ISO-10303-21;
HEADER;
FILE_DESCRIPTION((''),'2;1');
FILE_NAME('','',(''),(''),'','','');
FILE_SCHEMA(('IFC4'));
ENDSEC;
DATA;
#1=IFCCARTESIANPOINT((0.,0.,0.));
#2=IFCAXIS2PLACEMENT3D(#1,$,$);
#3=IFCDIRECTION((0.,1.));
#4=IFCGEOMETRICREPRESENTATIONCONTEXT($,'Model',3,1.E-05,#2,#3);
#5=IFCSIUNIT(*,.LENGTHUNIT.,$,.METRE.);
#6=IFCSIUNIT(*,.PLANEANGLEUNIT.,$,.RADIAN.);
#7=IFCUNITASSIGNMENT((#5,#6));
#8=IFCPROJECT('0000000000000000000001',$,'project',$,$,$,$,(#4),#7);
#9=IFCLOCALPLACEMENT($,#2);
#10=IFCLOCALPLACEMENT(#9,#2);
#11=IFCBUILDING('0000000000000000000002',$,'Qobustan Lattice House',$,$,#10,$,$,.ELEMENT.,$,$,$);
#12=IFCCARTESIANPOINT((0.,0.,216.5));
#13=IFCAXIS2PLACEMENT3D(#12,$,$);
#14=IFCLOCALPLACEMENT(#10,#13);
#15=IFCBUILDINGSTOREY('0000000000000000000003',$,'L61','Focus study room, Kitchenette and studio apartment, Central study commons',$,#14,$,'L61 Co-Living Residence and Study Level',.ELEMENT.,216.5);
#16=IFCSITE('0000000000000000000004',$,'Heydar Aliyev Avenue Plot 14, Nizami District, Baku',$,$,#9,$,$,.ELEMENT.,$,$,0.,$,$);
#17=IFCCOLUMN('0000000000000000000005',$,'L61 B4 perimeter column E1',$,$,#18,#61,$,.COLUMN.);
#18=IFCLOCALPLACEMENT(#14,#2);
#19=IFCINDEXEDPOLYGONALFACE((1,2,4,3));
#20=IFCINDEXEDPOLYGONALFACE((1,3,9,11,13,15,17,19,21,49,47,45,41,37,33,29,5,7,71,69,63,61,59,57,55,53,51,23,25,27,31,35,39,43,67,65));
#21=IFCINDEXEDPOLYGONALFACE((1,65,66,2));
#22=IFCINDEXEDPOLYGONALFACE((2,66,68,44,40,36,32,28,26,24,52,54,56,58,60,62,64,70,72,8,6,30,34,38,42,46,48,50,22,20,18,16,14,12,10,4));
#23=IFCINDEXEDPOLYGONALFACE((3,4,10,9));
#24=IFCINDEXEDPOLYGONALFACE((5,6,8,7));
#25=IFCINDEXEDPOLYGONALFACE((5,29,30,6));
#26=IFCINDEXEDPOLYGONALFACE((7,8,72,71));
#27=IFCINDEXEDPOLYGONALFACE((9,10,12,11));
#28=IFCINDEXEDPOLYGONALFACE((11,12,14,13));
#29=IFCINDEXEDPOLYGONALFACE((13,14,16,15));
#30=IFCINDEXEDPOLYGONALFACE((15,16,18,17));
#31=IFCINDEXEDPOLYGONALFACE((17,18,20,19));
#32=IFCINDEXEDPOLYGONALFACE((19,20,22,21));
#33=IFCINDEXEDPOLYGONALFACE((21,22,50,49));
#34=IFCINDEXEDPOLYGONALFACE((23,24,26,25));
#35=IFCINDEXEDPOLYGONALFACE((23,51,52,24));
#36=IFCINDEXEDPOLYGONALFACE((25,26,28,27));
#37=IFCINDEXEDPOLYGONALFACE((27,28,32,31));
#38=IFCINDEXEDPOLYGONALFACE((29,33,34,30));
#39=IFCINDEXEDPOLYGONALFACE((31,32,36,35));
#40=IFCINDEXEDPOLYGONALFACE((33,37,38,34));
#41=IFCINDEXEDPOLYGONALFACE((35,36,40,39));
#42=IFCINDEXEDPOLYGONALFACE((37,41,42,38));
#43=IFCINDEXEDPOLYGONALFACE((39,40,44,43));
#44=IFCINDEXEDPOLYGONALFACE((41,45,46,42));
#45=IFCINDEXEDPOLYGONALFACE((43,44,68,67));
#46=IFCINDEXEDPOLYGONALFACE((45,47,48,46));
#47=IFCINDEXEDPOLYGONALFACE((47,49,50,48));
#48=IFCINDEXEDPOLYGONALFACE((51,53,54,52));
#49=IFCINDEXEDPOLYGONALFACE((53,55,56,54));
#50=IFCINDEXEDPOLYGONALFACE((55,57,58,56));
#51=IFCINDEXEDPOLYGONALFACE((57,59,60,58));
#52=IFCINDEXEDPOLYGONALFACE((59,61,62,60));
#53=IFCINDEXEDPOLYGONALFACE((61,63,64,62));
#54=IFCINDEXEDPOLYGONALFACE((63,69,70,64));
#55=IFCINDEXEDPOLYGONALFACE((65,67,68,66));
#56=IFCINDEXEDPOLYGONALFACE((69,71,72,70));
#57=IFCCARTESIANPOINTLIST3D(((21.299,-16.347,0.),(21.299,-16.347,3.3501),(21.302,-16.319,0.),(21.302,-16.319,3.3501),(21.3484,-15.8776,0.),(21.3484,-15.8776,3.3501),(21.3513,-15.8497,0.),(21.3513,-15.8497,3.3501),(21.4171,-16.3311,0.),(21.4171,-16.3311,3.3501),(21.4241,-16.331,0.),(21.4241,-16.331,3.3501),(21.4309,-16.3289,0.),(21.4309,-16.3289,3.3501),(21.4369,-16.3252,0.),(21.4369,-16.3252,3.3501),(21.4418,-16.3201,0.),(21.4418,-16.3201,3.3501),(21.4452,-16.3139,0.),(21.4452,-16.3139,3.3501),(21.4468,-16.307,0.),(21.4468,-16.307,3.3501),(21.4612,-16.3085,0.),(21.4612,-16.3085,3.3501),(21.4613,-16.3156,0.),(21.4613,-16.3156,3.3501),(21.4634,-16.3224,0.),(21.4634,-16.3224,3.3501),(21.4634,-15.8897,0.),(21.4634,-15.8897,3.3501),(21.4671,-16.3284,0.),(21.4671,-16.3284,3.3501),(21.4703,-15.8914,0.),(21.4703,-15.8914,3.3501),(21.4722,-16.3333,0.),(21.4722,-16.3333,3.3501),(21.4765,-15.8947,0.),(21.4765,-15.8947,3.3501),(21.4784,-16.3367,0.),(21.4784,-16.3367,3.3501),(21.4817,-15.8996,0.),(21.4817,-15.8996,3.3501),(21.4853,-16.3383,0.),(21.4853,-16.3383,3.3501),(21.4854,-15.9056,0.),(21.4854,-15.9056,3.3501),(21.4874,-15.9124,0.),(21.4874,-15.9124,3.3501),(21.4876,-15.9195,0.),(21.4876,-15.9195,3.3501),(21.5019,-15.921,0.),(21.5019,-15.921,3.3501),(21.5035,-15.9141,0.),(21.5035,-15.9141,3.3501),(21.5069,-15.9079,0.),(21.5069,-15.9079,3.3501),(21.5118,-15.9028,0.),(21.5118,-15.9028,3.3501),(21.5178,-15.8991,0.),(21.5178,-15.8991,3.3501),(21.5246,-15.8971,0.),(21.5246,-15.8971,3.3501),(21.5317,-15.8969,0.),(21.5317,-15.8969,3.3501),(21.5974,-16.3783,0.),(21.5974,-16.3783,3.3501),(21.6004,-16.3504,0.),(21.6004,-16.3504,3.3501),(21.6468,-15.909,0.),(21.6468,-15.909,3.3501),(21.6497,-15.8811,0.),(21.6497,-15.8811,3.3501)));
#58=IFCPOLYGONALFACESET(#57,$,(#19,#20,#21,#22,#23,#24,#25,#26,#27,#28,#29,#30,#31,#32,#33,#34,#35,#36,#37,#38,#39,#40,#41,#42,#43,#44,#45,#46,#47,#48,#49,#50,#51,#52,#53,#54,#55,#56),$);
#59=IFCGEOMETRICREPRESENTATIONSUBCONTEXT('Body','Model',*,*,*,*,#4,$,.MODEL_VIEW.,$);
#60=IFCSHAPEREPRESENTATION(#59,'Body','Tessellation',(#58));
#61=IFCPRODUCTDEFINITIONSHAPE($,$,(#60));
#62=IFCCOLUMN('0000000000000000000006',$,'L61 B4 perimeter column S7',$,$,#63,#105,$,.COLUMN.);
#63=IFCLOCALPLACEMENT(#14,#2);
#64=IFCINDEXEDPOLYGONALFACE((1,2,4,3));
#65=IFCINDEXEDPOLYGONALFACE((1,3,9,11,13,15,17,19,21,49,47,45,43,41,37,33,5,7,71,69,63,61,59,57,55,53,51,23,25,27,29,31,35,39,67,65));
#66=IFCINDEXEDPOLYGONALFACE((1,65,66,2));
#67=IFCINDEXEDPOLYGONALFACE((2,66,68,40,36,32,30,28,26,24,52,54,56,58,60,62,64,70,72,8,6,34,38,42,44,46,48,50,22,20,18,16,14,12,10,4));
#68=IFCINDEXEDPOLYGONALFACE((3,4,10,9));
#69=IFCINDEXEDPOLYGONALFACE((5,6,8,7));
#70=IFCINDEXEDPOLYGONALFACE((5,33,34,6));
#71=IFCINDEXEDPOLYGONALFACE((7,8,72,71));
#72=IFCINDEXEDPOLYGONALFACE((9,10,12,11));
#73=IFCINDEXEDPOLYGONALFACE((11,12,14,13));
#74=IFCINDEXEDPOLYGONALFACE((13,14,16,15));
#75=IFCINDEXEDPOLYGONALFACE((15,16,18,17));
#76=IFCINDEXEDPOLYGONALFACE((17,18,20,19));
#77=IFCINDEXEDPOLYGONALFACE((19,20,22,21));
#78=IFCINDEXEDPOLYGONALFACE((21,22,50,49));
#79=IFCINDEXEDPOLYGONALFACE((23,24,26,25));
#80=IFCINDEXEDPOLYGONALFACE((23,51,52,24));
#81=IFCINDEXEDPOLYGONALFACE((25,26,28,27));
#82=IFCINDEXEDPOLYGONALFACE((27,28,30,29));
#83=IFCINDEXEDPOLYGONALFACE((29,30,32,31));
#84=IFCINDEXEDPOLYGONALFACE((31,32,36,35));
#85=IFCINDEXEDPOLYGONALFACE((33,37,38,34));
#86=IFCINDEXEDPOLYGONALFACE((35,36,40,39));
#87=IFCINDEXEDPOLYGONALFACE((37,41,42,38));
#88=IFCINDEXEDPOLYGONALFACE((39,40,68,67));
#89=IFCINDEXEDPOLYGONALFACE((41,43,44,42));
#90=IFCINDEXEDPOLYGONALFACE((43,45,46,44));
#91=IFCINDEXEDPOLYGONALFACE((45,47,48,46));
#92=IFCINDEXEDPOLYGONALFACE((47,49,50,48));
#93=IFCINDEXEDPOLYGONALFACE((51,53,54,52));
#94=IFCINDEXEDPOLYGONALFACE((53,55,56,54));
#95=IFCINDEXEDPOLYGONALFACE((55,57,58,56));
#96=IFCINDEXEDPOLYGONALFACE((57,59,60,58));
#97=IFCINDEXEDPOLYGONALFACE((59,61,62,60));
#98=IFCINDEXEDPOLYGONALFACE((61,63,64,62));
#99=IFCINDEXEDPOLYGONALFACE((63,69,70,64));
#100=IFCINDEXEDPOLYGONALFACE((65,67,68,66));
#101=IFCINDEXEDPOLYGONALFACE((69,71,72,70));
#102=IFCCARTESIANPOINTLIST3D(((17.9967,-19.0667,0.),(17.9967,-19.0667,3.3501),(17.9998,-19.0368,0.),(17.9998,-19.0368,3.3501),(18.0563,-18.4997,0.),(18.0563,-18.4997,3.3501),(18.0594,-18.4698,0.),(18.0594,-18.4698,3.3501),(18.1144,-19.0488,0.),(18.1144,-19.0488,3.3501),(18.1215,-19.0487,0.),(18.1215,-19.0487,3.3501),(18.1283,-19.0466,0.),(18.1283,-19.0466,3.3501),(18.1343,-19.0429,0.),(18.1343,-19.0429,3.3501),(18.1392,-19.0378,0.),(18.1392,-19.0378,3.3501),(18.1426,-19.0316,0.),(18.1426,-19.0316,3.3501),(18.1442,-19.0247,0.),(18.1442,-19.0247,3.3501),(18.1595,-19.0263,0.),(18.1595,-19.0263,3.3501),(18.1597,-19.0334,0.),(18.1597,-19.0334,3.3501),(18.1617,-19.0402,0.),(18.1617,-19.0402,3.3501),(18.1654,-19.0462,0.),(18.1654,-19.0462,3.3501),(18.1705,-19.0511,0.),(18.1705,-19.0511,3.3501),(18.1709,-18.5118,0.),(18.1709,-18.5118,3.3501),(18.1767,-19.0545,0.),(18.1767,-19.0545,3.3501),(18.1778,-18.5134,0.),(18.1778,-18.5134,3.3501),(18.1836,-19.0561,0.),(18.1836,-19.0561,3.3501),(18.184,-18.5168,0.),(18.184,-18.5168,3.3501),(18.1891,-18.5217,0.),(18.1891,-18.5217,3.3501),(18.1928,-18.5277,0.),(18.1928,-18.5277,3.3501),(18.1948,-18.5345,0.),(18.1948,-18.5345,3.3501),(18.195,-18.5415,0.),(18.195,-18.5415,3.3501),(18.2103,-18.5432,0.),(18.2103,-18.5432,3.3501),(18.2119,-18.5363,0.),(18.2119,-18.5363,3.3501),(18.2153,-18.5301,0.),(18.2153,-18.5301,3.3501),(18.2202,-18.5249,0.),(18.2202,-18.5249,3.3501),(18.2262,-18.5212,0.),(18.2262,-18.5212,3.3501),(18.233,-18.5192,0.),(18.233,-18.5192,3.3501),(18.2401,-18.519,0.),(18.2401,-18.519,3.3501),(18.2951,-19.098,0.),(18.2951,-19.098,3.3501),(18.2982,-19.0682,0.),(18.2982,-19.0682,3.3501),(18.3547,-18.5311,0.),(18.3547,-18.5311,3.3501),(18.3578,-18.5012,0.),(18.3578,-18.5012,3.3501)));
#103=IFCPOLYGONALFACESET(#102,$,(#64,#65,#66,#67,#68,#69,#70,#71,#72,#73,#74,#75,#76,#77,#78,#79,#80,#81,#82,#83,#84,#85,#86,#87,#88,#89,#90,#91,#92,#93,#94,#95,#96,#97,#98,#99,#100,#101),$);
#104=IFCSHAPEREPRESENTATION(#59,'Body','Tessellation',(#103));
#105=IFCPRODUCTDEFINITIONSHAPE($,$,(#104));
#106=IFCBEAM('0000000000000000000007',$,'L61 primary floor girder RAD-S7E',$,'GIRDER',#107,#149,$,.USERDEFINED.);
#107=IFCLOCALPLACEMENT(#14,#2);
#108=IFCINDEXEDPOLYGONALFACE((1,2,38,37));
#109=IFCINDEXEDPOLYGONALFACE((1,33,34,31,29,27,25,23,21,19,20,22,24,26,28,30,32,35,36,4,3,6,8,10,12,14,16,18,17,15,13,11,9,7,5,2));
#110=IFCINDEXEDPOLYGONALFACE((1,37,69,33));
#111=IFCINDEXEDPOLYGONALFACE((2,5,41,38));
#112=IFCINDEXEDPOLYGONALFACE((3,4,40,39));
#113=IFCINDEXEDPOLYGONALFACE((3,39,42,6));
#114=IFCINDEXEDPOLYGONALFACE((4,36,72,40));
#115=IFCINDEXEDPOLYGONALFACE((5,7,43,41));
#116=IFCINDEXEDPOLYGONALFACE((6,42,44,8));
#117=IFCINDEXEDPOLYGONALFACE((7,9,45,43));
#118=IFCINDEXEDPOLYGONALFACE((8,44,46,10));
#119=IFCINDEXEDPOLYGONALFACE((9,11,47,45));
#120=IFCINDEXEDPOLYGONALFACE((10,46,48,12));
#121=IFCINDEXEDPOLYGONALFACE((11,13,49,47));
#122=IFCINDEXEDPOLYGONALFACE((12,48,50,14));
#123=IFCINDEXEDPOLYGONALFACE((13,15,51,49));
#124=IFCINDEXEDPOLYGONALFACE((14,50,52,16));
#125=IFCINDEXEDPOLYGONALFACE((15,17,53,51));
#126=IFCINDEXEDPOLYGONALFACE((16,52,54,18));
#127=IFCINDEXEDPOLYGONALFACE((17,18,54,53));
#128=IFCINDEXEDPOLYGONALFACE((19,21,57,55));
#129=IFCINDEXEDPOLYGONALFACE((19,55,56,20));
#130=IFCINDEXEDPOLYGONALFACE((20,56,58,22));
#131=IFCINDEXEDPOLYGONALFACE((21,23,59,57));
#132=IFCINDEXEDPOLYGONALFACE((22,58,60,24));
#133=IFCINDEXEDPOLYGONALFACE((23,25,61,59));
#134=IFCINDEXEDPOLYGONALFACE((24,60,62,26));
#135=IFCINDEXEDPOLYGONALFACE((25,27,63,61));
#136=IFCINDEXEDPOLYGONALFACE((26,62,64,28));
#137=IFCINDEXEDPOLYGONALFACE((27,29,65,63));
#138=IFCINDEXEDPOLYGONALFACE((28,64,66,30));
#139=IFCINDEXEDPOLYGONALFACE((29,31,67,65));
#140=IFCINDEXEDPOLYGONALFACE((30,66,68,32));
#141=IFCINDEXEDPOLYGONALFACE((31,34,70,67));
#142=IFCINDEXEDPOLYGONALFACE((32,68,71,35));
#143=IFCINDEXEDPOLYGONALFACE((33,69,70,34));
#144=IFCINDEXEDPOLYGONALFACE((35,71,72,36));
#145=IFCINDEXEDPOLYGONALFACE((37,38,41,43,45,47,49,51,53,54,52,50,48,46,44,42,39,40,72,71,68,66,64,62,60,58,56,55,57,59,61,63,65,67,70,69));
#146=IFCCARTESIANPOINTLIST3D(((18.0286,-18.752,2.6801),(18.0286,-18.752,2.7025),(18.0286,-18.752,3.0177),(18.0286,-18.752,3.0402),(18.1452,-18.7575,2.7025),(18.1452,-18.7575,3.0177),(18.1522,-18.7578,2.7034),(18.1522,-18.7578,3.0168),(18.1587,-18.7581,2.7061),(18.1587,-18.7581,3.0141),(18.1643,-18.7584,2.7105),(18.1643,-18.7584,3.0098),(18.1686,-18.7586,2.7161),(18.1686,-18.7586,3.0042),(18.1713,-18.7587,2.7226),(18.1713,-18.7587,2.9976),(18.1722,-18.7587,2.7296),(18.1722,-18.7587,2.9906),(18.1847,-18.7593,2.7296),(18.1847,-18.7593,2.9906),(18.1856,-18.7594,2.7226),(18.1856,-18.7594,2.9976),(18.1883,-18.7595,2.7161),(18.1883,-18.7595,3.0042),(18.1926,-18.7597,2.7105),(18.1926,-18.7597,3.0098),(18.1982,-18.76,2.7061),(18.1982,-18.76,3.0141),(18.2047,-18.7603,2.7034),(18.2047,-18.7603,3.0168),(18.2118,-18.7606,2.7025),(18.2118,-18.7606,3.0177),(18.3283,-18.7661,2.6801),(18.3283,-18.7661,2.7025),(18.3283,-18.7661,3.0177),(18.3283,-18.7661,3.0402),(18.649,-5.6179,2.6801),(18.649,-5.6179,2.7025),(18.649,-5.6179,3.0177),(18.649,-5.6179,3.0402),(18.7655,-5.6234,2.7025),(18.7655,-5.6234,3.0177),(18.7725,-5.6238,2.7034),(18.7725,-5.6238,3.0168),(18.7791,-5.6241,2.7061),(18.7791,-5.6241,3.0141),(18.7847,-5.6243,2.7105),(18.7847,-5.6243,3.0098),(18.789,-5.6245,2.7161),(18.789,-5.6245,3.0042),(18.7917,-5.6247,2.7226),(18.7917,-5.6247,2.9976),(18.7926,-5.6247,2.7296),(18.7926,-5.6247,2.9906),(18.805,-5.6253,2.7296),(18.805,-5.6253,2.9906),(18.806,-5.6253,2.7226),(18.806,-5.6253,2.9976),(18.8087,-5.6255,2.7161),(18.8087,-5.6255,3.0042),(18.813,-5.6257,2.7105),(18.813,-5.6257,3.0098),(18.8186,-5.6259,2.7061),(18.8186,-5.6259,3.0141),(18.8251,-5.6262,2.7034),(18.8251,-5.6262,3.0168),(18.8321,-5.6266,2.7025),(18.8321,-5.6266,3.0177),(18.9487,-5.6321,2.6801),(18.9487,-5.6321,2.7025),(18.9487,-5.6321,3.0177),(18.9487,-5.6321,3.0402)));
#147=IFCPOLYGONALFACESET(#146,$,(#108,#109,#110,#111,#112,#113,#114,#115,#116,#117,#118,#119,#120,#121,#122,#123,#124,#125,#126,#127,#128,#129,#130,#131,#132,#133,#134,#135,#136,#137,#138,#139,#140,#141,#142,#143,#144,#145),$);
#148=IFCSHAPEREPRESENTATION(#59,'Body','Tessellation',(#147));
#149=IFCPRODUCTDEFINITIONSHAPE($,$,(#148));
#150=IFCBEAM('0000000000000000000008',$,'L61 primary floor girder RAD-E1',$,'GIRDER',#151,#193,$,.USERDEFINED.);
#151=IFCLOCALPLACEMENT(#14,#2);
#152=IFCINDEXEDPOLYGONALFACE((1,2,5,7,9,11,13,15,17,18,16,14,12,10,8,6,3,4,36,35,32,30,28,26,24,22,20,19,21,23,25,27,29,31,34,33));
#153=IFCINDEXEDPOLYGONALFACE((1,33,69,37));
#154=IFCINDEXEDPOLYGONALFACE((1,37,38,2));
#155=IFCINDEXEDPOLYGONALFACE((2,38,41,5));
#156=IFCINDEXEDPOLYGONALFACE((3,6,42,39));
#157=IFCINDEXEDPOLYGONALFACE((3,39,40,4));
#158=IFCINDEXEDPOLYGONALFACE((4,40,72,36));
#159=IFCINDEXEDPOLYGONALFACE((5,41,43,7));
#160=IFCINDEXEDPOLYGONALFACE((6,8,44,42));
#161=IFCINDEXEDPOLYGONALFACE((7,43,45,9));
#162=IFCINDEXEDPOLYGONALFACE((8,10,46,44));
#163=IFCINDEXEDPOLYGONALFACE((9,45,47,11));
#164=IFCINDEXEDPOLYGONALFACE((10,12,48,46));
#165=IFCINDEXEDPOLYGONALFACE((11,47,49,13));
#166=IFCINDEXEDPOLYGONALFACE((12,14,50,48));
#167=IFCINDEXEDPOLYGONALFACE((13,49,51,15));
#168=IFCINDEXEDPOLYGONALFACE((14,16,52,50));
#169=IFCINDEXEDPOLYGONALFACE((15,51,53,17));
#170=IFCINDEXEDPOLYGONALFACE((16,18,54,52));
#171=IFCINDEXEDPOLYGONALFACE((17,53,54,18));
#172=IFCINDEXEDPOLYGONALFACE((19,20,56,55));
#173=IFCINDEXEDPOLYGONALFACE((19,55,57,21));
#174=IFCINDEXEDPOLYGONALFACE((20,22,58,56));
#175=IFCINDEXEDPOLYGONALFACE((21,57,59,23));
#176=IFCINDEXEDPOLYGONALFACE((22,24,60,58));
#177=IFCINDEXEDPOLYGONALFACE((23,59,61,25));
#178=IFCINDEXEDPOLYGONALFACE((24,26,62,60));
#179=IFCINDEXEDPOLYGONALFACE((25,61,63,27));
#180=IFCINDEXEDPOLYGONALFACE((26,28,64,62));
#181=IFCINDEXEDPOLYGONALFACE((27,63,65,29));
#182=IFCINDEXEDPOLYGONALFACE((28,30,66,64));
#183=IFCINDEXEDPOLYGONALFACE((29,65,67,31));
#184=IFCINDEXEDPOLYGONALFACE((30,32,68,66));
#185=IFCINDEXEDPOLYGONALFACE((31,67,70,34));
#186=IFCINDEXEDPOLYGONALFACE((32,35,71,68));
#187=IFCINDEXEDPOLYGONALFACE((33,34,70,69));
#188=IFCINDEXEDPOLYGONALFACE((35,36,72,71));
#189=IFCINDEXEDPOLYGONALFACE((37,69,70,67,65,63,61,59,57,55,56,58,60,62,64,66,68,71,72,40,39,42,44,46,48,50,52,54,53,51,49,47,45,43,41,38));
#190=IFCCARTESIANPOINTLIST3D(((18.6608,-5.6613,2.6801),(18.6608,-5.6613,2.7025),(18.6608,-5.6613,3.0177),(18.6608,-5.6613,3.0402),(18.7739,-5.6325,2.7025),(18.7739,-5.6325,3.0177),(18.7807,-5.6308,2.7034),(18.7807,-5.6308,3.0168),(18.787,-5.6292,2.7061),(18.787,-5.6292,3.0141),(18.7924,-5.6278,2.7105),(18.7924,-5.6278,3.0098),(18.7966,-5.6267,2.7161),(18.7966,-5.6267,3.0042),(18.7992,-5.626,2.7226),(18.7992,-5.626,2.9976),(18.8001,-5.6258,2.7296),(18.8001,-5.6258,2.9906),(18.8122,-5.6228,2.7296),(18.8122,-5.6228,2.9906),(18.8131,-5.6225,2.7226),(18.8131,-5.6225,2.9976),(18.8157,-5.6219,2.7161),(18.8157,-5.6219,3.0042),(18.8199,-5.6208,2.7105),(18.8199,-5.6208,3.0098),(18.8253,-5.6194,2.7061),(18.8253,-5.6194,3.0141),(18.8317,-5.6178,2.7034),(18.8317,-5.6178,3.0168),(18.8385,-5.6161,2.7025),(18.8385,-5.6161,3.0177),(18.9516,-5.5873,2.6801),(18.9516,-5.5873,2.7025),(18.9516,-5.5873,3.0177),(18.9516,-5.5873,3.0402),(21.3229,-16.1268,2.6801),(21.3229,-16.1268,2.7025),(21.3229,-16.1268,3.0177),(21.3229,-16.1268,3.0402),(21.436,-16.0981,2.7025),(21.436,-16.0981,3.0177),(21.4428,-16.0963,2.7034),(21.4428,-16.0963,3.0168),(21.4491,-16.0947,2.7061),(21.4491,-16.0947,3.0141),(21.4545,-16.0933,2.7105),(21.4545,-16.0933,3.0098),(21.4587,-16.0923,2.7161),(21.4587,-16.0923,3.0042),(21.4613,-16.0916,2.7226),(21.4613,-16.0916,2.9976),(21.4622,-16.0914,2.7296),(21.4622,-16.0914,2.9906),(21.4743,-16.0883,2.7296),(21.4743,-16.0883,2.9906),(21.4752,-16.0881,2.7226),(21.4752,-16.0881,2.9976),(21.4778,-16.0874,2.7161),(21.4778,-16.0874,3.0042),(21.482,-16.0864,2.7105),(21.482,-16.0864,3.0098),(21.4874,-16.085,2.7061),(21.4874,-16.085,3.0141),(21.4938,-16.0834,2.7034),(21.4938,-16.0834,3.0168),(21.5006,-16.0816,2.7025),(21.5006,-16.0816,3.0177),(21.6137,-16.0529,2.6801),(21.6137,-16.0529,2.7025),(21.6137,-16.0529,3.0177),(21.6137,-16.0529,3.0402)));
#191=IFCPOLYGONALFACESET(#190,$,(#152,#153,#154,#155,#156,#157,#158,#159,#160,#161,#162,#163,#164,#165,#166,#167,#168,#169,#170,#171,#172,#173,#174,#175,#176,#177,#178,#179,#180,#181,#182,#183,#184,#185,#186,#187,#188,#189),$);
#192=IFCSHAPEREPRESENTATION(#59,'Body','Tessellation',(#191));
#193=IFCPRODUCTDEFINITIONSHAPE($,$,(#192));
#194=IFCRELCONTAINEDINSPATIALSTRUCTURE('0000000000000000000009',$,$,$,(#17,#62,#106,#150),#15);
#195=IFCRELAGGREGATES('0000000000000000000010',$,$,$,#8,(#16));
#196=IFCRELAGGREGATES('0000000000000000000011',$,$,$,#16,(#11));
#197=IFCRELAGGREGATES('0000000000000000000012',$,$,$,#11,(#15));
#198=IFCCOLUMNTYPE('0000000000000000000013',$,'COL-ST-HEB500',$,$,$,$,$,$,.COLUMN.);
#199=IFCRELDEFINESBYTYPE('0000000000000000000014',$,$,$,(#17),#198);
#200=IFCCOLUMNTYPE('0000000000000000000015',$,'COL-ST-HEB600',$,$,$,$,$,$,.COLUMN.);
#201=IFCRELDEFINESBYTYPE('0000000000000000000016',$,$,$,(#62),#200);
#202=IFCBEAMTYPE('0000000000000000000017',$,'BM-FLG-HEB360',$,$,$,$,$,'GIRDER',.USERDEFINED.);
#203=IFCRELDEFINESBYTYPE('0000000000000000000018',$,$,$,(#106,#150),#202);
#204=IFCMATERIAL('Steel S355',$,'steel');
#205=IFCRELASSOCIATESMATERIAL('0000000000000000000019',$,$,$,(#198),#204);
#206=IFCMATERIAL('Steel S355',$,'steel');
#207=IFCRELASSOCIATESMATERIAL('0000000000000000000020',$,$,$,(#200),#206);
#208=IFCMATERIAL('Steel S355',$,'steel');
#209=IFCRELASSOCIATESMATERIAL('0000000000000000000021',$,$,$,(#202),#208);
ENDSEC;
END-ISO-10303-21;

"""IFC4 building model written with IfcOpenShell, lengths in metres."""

from ifc_helpers import new_model, si_unit, direction, frame, origin, origin_2d, place, context, subcontext, project, spatial, i_section, extrude, material, material_profile, profile_set, type_object, element, save


model = new_model("IFC4")

# Units and contexts
model_context = context("Model", 3, precision=1e-05, world=origin(), true_north=direction((0.0, 1.0)))
body_context = subcontext(model_context, "Body", "Model", "MODEL_VIEW")
ifc_project = project(units=[si_unit("LENGTHUNIT", "METRE"), si_unit("PLANEANGLEUNIT", "RADIAN")], contexts=[model_context])

# Site, building, storey
site_placement = place(None, origin())
site = spatial("IfcSite", under=ifc_project, at=site_placement, Name="Heydar Aliyev Avenue Plot 14, Nizami District, Baku", CompositionType="ELEMENT", RefElevation=0.0)
building_placement = place(site_placement, origin())
building = spatial("IfcBuilding", under=site, at=building_placement, Name="Qobustan Lattice House", CompositionType="ELEMENT")
storey_placement = place(building_placement, frame((0.0, 0.0, 216.5)))
storey = spatial("IfcBuildingStorey", under=building, at=storey_placement, Name="L61", Description="Focus study room, Kitchenette and studio apartment, Central study commons", LongName="L61 Co-Living Residence and Study Level", CompositionType="ELEMENT", Elevation=216.5)

# Columns
ifc_material_1 = material(Name="Steel S355", Category="steel")
ifc_material_profile_1 = material_profile(ifc_material_1, i_section(OverallWidth=0.3, OverallDepth=0.5, WebThickness=0.0144, FlangeThickness=0.0281, FilletRadius=0.0271, at=origin_2d()), Name="HEB500")
ifc_profile_set_1 = profile_set([ifc_material_profile_1], Name="Steel S355")
column_type_1 = type_object("IfcColumnType", Name="COL-ST-HEB500", PredefinedType="COLUMN", material=ifc_profile_set_1)
column_1_placement = place(storey_placement, frame((21.4744, -16.114, 0.0), z_axis=(0.0, 0.0, 1.0), x_axis=(0.994522, -0.104528, 0.0)))
element("IfcColumn", 1, at=column_1_placement, inside=storey, type_object=column_type_1, Name="L61 B4 perimeter column E1", PredefinedType="COLUMN", context=body_context, shape_type="SweptSolid", body=[
    extrude(i_section(OverallWidth=0.3, OverallDepth=0.5, WebThickness=0.0144, FlangeThickness=0.0281, FilletRadius=0.0271, at=origin_2d()), origin(), (0.0, 0.0, 1.0), 3.3501),
])
ifc_material_2 = material(Name="Steel S355", Category="steel")
ifc_material_profile_2 = material_profile(ifc_material_2, i_section(OverallWidth=0.3, OverallDepth=0.6001, WebThickness=0.0154, FlangeThickness=0.03, FilletRadius=0.0271, at=origin_2d()), Name="HEB600")
ifc_profile_set_2 = profile_set([ifc_material_profile_2], Name="Steel S355")
column_type_2 = type_object("IfcColumnType", Name="COL-ST-HEB600", PredefinedType="COLUMN", material=ifc_profile_set_2)
column_2_placement = place(storey_placement, frame((18.1772, -18.7839, 0.0), z_axis=(0.0, 0.0, 1.0), x_axis=(0.994522, -0.104528, 0.0)))
element("IfcColumn", 2, at=column_2_placement, inside=storey, type_object=column_type_2, Name="L61 B4 perimeter column S7", PredefinedType="COLUMN", context=body_context, shape_type="SweptSolid", body=[
    extrude(i_section(OverallWidth=0.3, OverallDepth=0.6001, WebThickness=0.0154, FlangeThickness=0.03, FilletRadius=0.0271, at=origin_2d()), origin(), (0.0, 0.0, 1.0), 3.3501),
])

# Beams
ifc_material_3 = material(Name="Steel S355", Category="steel")
ifc_material_profile_3 = material_profile(ifc_material_3, i_section(OverallWidth=0.3, OverallDepth=0.3601, WebThickness=0.0125, FlangeThickness=0.0225, FilletRadius=0.0271, at=origin_2d()), Name="HEB360")
ifc_profile_set_3 = profile_set([ifc_material_profile_3], Name="Steel S355")
beam_type_1 = type_object("IfcBeamType", Name="BM-FLG-HEB360", ElementType="GIRDER", PredefinedType="USERDEFINED", material=ifc_profile_set_3)
beam_1_placement = place(storey_placement, frame((18.1785, -18.759, 2.8601), z_axis=(0.047181, 0.998886, 0.0), x_axis=(-0.998886, 0.047181, 0.0)))
element("IfcBeam", 3, at=beam_1_placement, inside=storey, type_object=beam_type_1, Name="L61 primary floor girder RAD-S7E", ObjectType="GIRDER", PredefinedType="USERDEFINED", context=body_context, shape_type="SweptSolid", body=[
    extrude(i_section(OverallWidth=0.3, OverallDepth=0.3601, WebThickness=0.0125, FlangeThickness=0.0225, FilletRadius=0.0271, at=origin_2d()), origin(), (0.0, 0.0, 1.0), 13.1487),
])
beam_2_placement = place(storey_placement, frame((21.4683, -16.0898, 2.8601), z_axis=(-0.246518, 0.969138, 0.0), x_axis=(-0.969138, -0.246518, 0.0)))
element("IfcBeam", 4, at=beam_2_placement, inside=storey, type_object=beam_type_1, Name="L61 primary floor girder RAD-E1", ObjectType="GIRDER", PredefinedType="USERDEFINED", context=body_context, shape_type="SweptSolid", body=[
    extrude(i_section(OverallWidth=0.3, OverallDepth=0.3601, WebThickness=0.0125, FlangeThickness=0.0225, FilletRadius=0.0271, at=origin_2d()), origin(), (0.0, 0.0, 1.0), 10.7988),
])

save(model, "model.ifc")
